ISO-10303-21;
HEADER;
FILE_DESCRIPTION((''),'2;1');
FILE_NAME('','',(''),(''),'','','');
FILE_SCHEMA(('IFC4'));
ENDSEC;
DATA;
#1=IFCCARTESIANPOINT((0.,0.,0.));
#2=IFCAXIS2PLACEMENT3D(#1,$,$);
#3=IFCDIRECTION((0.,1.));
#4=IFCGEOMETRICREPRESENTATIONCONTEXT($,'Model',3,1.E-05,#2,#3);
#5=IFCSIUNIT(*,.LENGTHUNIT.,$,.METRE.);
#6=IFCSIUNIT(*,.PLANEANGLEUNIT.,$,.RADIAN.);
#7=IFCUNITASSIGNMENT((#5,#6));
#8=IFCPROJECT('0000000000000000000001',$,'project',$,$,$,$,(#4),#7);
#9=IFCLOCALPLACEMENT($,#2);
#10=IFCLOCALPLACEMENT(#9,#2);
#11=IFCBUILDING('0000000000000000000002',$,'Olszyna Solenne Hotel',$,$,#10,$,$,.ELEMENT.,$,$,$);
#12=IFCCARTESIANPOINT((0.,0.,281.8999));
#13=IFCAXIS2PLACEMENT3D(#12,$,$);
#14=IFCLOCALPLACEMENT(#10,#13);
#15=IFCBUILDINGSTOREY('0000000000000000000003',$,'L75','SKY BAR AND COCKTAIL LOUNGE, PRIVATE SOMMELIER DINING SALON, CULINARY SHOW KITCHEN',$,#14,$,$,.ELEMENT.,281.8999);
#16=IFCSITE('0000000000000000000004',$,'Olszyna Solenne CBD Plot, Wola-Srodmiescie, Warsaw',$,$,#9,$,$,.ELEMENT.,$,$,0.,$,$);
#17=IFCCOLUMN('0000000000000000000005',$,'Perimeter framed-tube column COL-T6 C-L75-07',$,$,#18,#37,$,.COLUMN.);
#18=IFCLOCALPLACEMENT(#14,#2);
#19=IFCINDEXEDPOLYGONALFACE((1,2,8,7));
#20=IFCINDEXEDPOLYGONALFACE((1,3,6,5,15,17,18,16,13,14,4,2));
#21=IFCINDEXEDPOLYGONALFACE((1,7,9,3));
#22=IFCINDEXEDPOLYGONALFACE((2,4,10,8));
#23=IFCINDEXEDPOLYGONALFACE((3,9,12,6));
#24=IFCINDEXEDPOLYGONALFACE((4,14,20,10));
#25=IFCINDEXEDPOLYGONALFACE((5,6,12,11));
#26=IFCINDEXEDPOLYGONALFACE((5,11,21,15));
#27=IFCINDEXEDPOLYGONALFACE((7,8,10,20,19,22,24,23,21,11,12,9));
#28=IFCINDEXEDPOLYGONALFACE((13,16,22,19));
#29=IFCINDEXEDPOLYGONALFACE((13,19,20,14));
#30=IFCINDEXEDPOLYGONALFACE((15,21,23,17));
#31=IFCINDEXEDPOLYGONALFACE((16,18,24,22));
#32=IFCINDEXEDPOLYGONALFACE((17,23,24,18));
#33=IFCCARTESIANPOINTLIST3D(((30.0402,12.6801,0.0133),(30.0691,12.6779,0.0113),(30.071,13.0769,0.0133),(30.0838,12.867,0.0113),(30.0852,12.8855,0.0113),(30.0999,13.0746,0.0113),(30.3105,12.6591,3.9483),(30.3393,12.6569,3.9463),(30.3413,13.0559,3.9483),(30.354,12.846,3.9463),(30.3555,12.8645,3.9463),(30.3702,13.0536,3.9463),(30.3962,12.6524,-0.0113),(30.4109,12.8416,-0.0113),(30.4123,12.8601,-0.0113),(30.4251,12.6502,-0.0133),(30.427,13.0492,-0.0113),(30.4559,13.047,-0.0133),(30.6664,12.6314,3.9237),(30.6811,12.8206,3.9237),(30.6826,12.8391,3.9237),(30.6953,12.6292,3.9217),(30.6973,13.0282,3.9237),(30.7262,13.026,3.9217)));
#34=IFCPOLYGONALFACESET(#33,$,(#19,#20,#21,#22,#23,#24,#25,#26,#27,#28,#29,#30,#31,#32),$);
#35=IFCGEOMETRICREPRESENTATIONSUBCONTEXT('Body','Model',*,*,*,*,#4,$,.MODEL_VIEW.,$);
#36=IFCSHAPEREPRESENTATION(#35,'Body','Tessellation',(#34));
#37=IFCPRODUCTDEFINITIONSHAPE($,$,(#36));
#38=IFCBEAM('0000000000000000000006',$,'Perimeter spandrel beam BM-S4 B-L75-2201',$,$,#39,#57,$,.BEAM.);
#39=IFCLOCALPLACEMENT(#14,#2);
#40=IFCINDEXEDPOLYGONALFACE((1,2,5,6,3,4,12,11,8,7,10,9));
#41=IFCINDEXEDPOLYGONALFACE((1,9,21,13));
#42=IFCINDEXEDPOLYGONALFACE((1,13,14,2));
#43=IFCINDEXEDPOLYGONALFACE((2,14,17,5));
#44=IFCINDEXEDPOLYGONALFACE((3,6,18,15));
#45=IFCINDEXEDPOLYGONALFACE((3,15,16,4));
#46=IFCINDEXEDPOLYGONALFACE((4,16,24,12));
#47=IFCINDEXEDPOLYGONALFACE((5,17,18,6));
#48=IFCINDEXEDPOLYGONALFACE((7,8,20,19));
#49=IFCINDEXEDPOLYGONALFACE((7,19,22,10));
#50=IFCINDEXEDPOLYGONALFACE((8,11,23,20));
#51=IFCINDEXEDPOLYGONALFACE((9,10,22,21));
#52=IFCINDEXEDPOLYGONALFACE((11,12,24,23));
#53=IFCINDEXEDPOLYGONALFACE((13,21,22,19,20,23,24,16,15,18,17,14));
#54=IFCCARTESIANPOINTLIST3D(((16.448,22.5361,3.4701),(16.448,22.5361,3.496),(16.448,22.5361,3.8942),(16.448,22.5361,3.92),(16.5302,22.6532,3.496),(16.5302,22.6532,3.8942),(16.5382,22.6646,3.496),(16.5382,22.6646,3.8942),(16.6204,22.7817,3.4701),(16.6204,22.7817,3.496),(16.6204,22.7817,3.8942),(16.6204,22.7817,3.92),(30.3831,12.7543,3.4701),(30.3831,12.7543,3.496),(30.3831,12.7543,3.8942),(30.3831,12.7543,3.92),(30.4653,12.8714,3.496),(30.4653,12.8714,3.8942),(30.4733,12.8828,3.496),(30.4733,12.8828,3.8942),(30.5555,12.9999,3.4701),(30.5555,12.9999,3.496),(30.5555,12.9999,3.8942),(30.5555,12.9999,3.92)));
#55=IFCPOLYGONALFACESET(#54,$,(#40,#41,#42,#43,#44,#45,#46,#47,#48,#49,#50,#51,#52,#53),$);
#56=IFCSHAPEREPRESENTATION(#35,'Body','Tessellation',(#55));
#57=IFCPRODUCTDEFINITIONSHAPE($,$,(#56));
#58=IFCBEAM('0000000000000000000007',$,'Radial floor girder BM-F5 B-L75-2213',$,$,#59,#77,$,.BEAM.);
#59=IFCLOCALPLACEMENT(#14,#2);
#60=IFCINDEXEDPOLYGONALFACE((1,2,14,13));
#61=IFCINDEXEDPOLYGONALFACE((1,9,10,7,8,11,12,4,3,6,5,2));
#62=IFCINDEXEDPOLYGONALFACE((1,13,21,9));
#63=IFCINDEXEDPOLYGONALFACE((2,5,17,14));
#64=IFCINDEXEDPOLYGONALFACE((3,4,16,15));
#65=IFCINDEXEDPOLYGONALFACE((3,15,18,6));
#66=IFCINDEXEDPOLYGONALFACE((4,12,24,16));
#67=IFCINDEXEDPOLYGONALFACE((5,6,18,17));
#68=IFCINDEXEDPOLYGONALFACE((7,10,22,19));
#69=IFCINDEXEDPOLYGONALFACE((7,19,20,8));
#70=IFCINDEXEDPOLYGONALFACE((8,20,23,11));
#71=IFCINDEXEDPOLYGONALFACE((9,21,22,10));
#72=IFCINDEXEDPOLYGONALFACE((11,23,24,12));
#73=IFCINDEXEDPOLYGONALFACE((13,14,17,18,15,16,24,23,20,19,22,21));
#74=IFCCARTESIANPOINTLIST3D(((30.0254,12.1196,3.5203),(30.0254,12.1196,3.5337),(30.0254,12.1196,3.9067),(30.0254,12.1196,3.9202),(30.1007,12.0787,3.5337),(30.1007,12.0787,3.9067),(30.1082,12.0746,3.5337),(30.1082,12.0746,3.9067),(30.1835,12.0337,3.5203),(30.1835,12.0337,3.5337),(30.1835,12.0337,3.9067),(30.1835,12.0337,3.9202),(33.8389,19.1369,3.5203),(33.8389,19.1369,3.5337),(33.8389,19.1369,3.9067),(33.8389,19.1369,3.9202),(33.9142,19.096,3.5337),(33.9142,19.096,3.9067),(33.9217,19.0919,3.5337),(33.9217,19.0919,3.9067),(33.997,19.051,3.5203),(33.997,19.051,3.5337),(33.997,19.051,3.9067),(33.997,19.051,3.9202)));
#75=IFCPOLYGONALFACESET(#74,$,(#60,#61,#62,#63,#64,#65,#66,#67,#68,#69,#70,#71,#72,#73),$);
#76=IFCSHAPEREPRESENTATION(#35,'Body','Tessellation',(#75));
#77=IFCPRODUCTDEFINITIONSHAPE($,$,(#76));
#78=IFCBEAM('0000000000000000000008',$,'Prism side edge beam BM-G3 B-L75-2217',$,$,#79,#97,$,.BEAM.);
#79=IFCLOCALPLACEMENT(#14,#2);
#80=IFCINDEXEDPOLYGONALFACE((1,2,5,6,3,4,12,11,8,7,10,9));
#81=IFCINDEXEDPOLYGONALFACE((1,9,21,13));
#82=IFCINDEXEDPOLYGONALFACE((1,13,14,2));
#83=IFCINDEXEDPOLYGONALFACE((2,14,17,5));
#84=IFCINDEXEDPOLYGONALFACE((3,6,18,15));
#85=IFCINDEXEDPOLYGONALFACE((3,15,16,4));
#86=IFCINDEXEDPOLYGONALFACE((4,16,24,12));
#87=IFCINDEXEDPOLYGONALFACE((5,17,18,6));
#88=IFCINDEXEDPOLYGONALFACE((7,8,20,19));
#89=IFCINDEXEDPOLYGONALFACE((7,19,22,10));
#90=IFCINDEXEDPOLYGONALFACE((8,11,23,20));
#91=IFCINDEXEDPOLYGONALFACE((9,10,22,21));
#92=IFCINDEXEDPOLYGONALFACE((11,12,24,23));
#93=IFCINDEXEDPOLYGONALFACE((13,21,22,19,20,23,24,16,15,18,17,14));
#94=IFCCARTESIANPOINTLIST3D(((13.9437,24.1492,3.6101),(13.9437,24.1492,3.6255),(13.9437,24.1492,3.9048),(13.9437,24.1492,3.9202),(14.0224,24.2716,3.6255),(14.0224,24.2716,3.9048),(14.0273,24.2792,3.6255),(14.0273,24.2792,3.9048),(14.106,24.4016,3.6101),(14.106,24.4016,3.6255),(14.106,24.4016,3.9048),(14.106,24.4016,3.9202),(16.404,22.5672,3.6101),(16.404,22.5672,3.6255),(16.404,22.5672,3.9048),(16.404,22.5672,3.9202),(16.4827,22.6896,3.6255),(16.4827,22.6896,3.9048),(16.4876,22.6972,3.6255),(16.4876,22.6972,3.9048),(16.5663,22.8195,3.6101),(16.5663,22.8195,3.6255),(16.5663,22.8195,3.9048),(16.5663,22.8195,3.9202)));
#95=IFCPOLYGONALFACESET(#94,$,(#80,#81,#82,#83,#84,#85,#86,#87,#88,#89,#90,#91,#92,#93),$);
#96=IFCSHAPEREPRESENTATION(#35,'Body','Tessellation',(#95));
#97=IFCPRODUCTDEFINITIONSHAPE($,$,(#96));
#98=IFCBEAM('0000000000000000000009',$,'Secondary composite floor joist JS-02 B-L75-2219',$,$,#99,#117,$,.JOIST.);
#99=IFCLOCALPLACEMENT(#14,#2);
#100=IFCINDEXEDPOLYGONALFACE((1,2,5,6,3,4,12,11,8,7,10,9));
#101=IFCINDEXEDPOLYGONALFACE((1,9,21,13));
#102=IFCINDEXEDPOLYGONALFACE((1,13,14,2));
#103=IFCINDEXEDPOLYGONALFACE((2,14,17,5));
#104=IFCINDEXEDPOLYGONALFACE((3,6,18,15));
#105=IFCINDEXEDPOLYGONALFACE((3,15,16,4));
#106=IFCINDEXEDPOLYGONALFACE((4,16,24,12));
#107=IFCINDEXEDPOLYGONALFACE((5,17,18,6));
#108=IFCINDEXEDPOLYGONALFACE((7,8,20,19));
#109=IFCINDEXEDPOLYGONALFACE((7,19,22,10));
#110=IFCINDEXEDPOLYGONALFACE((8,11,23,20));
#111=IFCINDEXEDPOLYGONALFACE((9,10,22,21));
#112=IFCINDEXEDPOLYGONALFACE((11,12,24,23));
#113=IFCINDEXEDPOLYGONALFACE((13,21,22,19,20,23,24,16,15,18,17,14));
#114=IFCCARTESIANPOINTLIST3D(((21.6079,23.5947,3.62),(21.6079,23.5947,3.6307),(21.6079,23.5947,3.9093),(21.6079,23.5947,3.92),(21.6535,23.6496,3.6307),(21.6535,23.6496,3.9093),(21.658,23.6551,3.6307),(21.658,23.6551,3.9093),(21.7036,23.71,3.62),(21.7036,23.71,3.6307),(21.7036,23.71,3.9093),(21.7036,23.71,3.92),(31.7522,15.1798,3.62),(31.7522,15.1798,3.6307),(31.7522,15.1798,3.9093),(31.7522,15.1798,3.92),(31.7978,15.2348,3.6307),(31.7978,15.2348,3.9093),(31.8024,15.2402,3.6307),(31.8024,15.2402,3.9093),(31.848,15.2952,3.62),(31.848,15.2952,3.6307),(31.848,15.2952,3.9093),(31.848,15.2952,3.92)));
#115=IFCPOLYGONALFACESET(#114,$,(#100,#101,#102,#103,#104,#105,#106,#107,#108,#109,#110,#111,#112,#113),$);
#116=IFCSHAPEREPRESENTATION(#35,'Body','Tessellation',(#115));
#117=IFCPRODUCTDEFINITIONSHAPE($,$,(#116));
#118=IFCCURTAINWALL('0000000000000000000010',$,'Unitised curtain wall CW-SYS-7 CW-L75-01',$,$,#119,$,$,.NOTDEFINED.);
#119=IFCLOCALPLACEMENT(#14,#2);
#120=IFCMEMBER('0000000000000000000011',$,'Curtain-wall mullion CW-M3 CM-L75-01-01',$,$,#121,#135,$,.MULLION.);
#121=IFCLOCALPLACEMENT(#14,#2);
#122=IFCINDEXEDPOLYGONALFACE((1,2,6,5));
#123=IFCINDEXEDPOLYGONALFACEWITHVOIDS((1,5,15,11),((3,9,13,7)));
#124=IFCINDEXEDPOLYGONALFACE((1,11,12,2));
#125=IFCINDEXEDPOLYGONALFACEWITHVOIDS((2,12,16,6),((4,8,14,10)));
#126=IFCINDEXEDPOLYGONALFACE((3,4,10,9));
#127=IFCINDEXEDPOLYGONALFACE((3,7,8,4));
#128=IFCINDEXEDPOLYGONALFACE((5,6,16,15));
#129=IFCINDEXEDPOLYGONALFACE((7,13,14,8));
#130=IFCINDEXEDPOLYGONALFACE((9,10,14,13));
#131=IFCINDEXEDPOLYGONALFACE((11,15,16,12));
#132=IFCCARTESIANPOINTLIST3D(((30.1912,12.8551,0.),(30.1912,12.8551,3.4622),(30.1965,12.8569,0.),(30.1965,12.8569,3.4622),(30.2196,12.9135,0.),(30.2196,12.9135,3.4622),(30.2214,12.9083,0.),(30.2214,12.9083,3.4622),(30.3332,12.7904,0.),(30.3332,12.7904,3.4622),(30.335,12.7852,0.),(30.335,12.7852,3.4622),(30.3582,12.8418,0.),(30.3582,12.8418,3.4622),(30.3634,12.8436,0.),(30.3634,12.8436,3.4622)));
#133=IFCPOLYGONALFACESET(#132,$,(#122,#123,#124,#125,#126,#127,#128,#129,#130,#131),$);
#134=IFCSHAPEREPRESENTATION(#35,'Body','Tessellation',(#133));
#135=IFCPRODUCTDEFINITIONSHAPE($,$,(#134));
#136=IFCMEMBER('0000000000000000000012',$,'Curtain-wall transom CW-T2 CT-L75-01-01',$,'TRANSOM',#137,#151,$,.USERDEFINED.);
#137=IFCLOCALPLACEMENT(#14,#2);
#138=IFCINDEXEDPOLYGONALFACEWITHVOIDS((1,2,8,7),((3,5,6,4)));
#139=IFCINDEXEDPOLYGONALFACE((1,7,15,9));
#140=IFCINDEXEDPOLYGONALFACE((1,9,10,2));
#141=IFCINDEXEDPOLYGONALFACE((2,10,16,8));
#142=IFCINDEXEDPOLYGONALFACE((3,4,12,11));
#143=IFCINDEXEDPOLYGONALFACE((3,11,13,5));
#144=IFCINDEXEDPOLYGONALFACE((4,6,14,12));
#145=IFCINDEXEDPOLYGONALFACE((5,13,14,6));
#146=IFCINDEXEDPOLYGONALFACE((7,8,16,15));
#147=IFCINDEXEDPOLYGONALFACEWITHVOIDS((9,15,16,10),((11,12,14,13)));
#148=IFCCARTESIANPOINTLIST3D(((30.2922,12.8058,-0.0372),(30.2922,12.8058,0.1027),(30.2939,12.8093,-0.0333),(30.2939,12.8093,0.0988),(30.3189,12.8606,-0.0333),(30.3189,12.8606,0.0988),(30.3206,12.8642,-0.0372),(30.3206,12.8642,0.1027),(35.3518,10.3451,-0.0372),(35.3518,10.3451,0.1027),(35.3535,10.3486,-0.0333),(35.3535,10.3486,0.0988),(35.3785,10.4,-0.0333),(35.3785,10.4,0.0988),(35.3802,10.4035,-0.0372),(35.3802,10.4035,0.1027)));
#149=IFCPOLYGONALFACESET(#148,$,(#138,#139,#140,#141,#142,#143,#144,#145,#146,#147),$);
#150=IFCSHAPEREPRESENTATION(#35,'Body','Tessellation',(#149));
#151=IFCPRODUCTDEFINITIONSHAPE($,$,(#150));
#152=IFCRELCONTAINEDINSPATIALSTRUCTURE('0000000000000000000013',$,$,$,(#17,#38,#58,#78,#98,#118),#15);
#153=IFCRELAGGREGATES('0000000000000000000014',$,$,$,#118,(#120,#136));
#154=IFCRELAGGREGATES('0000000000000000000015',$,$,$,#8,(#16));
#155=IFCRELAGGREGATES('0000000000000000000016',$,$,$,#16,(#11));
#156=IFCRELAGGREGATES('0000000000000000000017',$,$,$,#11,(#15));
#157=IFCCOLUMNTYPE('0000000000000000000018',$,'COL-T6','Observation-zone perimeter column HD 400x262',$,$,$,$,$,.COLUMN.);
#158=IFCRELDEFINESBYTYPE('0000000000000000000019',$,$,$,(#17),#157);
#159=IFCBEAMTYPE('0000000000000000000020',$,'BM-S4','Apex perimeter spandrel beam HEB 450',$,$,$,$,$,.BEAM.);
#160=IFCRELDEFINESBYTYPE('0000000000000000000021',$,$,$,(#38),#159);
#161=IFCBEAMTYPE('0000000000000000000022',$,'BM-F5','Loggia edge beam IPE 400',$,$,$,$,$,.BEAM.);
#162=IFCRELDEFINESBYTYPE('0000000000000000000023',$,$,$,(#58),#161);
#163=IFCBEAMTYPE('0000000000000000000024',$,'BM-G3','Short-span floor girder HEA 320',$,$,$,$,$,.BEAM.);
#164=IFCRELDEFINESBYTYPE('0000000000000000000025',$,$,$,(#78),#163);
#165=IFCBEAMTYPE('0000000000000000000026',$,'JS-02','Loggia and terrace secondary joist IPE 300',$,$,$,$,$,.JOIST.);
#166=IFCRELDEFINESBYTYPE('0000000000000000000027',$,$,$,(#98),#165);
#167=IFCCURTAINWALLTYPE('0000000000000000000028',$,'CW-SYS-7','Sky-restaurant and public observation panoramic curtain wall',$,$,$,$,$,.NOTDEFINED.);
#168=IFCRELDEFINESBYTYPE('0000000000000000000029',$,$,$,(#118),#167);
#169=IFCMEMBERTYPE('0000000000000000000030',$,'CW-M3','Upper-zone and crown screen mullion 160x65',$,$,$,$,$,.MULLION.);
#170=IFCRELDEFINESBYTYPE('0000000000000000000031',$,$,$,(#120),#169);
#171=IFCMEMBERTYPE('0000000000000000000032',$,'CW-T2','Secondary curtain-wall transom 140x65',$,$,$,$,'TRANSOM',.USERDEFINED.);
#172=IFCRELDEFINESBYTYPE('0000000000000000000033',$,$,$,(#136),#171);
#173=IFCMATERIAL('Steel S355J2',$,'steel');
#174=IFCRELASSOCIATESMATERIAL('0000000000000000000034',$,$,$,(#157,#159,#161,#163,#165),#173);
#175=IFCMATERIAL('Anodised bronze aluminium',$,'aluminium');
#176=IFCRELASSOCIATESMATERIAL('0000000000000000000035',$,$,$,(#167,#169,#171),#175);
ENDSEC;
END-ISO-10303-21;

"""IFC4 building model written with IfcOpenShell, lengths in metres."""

from ifc_helpers import new_model, si_unit, direction, frame, origin, origin_2d, place, context, subcontext, project, spatial, hollow_rectangle, i_section, extrude, source, transform, mapped, material, material_profile, profile_set, type_object, element, aggregate, save


model = new_model("IFC4")

# Units and contexts
model_context = context("Model", 3, precision=1e-05, world=origin(), true_north=direction((0.0, 1.0)))
body_context = subcontext(model_context, "Body", "Model", "MODEL_VIEW")
ifc_project = project(units=[si_unit("LENGTHUNIT", "METRE"), si_unit("PLANEANGLEUNIT", "RADIAN")], contexts=[model_context])

# Site, building, storey
site_placement = place(None, origin())
site = spatial("IfcSite", under=ifc_project, at=site_placement, Name="Olszyna Solenne CBD Plot, Wola-Srodmiescie, Warsaw", CompositionType="ELEMENT", RefElevation=0.0)
building_placement = place(site_placement, origin())
building = spatial("IfcBuilding", under=site, at=building_placement, Name="Olszyna Solenne Hotel", CompositionType="ELEMENT")
storey_placement = place(building_placement, frame((0.0, 0.0, 281.8999)))
storey = spatial("IfcBuildingStorey", under=building, at=storey_placement, Name="L75", Description="SKY BAR AND COCKTAIL LOUNGE, PRIVATE SOMMELIER DINING SALON, CULINARY SHOW KITCHEN", CompositionType="ELEMENT", Elevation=281.8999)

# Column
ifc_material_1 = material(Name="Steel S355J2", Category="steel")
ifc_material_profile_1 = material_profile(ifc_material_1, i_section(OverallWidth=0.3979, OverallDepth=0.387, WebThickness=0.0186, FlangeThickness=0.0291, at=origin_2d()), Name="HD 400x262", Category="load-bearing")
ifc_profile_set_1 = profile_set([ifc_material_profile_1], Name="Steel S355J2")
column_type = type_object("IfcColumnType", Name="COL-T6", Description="Observation-zone perimeter column HD 400x262", PredefinedType="COLUMN", material=ifc_profile_set_1)
shared_shape_1 = source(origin(), body_context, "Body", "SweptSolid", [
    extrude(i_section(OverallWidth=0.3979, OverallDepth=0.387, WebThickness=0.0186, FlangeThickness=0.0291, at=origin_2d()), origin(), (0.0, 0.0, 1.0), 3.9443),
])
column_placement = place(storey_placement, frame((30.248, 12.8635, 0.0), z_axis=(0.068519, -0.005323, 0.997636), x_axis=(0.077454, 0.996996, 0.0)))
element("IfcColumn", 1, at=column_placement, inside=storey, type_object=column_type, Name="Perimeter framed-tube column COL-T6 C-L75-07", PredefinedType="COLUMN", context=body_context, shape_type="MappedRepresentation", body=[
    mapped(shared_shape_1, transform((0.0, 0.0, 0.0), x_axis=(1.0, 0.0, 0.0), y_axis=(0.0, 1.0, 0.0), z_axis=(0.0, 0.0, 1.0), scale=1.0)),
])

# Beams
ifc_material_profile_2 = material_profile(ifc_material_1, i_section(OverallWidth=0.3, OverallDepth=0.45, WebThickness=0.0139, FlangeThickness=0.0259, at=origin_2d()), Name="HEB 450", Category="load-bearing")
ifc_profile_set_2 = profile_set([ifc_material_profile_2], Name="Steel S355J2")
beam_type_1 = type_object("IfcBeamType", Name="BM-S4", Description="Apex perimeter spandrel beam HEB 450", PredefinedType="BEAM", material=ifc_profile_set_2)
shared_shape_2 = source(origin(), body_context, "Body", "SweptSolid", [
    extrude(i_section(OverallWidth=0.3, OverallDepth=0.45, WebThickness=0.0139, FlangeThickness=0.0259, at=origin_2d()), origin(), (0.0, 0.0, 1.0), 17.0256),
])
beam_1_placement = place(storey_placement, frame((16.5342, 22.6589, 3.6951), z_axis=(0.818481, -0.574534, 0.0), x_axis=(0.574534, 0.818481, 0.0)))
element("IfcBeam", 2, at=beam_1_placement, inside=storey, type_object=beam_type_1, Name="Perimeter spandrel beam BM-S4 B-L75-2201", PredefinedType="BEAM", context=body_context, shape_type="MappedRepresentation", body=[
    mapped(shared_shape_2, transform((0.0, 0.0, 0.0), x_axis=(1.0, 0.0, 0.0), y_axis=(0.0, 1.0, 0.0), z_axis=(0.0, 0.0, 1.0), scale=1.0)),
])
ifc_material_profile_3 = material_profile(ifc_material_1, i_section(OverallWidth=0.1799, OverallDepth=0.3999, WebThickness=0.0085, FlangeThickness=0.0134, at=origin_2d()), Name="IPE 400", Category="load-bearing")
ifc_profile_set_3 = profile_set([ifc_material_profile_3], Name="Steel S355J2")
beam_type_2 = type_object("IfcBeamType", Name="BM-F5", Description="Loggia edge beam IPE 400", PredefinedType="BEAM", material=ifc_profile_set_3)
shared_shape_3 = source(origin(), body_context, "Body", "SweptSolid", [
    extrude(i_section(OverallWidth=0.1799, OverallDepth=0.3999, WebThickness=0.0085, FlangeThickness=0.0134, at=origin_2d()), origin(), (0.0, 0.0, 1.0), 7.9866),
])
beam_2_placement = place(storey_placement, frame((30.1045, 12.0767, 3.7202), z_axis=(0.477485, 0.87864, 0.0), x_axis=(-0.87864, 0.477485, 0.0)))
element("IfcBeam", 3, at=beam_2_placement, inside=storey, type_object=beam_type_2, Name="Radial floor girder BM-F5 B-L75-2213", PredefinedType="BEAM", context=body_context, shape_type="MappedRepresentation", body=[
    mapped(shared_shape_3, transform((0.0, 0.0, 0.0), x_axis=(1.0, 0.0, 0.0), y_axis=(0.0, 1.0, 0.0), z_axis=(0.0, 0.0, 1.0), scale=1.0)),
])
ifc_material_profile_4 = material_profile(ifc_material_1, i_section(OverallWidth=0.3, OverallDepth=0.3101, WebThickness=0.009, FlangeThickness=0.0154, at=origin_2d()), Name="HEA 320", Category="load-bearing")
ifc_profile_set_4 = profile_set([ifc_material_profile_4], Name="Steel S355J2")
beam_type_3 = type_object("IfcBeamType", Name="BM-G3", Description="Short-span floor girder HEA 320", PredefinedType="BEAM", material=ifc_profile_set_4)
shared_shape_4 = source(origin(), body_context, "Body", "SweptSolid", [
    extrude(i_section(OverallWidth=0.3, OverallDepth=0.3101, WebThickness=0.009, FlangeThickness=0.0154, at=origin_2d()), origin(), (0.0, 0.0, 1.0), 2.925),
])
beam_3_placement = place(storey_placement, frame((16.4851, 22.6934, 3.7651), z_axis=(-0.841105, 0.540871, 0.0), x_axis=(-0.540871, -0.841105, 0.0)))
element("IfcBeam", 4, at=beam_3_placement, inside=storey, type_object=beam_type_3, Name="Prism side edge beam BM-G3 B-L75-2217", PredefinedType="BEAM", context=body_context, shape_type="MappedRepresentation", body=[
    mapped(shared_shape_4, transform((0.0, 0.0, 0.0), x_axis=(1.0, 0.0, 0.0), y_axis=(0.0, 1.0, 0.0), z_axis=(0.0, 0.0, 1.0), scale=1.0)),
])
ifc_material_profile_5 = material_profile(ifc_material_1, i_section(OverallWidth=0.1499, OverallDepth=0.3, WebThickness=0.0071, FlangeThickness=0.0107, at=origin_2d()), Name="IPE 300", Category="load-bearing")
ifc_profile_set_5 = profile_set([ifc_material_profile_5], Name="Steel S355J2")
beam_type_4 = type_object("IfcBeamType", Name="JS-02", Description="Loggia and terrace secondary joist IPE 300", PredefinedType="JOIST", material=ifc_profile_set_5)
shared_shape_5 = source(origin(), body_context, "Body", "SweptSolid", [
    extrude(i_section(OverallWidth=0.1499, OverallDepth=0.3, WebThickness=0.0071, FlangeThickness=0.0107, at=origin_2d()), origin(), (0.0, 0.0, 1.0), 13.1802),
])
beam_4_placement = place(storey_placement, frame((21.6558, 23.6523, 3.77), z_axis=(0.769666, -0.638446, 0.0), x_axis=(0.638446, 0.769666, 0.0)))
element("IfcBeam", 5, at=beam_4_placement, inside=storey, type_object=beam_type_4, Name="Secondary composite floor joist JS-02 B-L75-2219", PredefinedType="JOIST", context=body_context, shape_type="MappedRepresentation", body=[
    mapped(shared_shape_5, transform((0.0, 0.0, 0.0), x_axis=(1.0, 0.0, 0.0), y_axis=(0.0, 1.0, 0.0), z_axis=(0.0, 0.0, 1.0), scale=1.0)),
])

# Curtain wall, members
ifc_material_2 = material(Name="Anodised bronze aluminium", Category="aluminium")
curtain_wall_type = type_object("IfcCurtainWallType", Name="CW-SYS-7", Description="Sky-restaurant and public observation panoramic curtain wall", PredefinedType="NOTDEFINED", material=ifc_material_2)
curtain_wall_placement = place(storey_placement, origin())
curtain_wall = element("IfcCurtainWall", 6, at=curtain_wall_placement, inside=storey, type_object=curtain_wall_type, Name="Unitised curtain wall CW-SYS-7 CW-L75-01", PredefinedType="NOTDEFINED")
ifc_material_profile_6 = material_profile(ifc_material_2, hollow_rectangle(XDim=0.0649, YDim=0.1599, WallThickness=0.0039, at=origin_2d()), Name="MULL 160x65x4", Category="load-bearing")
ifc_profile_set_6 = profile_set([ifc_material_profile_6], Name="Anodised bronze aluminium")
member_type_1 = type_object("IfcMemberType", Name="CW-M3", Description="Upper-zone and crown screen mullion 160x65", PredefinedType="MULLION", material=ifc_profile_set_6)
shared_shape_6 = source(origin(), body_context, "Body", "SweptSolid", [
    extrude(hollow_rectangle(XDim=0.0649, YDim=0.1599, WallThickness=0.0039, at=origin_2d()), origin(), (0.0, 0.0, 1.0), 3.4622),
])
member_1_placement = place(storey_placement, frame((30.2773, 12.8494, 0.0), z_axis=(0.0, 0.0, 1.0), x_axis=(0.437387, 0.899273, 0.0)))
member_1 = element("IfcMember", 7, at=member_1_placement, type_object=member_type_1, Name="Curtain-wall mullion CW-M3 CM-L75-01-01", PredefinedType="MULLION", context=body_context, shape_type="MappedRepresentation", body=[
    mapped(shared_shape_6, transform((0.0, 0.0, 0.0), x_axis=(1.0, 0.0, 0.0), y_axis=(0.0, 1.0, 0.0), z_axis=(0.0, 0.0, 1.0), scale=1.0)),
])
ifc_material_profile_7 = material_profile(ifc_material_2, hollow_rectangle(XDim=0.0649, YDim=0.1399, WallThickness=0.0039, at=origin_2d()), Name="TRAN 140x65x4", Category="load-bearing")
ifc_profile_set_7 = profile_set([ifc_material_profile_7], Name="Anodised bronze aluminium")
member_type_2 = type_object("IfcMemberType", Name="CW-T2", Description="Secondary curtain-wall transom 140x65", ElementType="TRANSOM", PredefinedType="USERDEFINED", material=ifc_profile_set_7)
shared_shape_7 = source(origin(), body_context, "Body", "SweptSolid", [
    extrude(hollow_rectangle(XDim=0.0649, YDim=0.1399, WallThickness=0.0039, at=origin_2d()), origin(), (0.0, 0.0, 1.0), 5.6262),
])
member_2_placement = place(storey_placement, frame((30.3064, 12.835, 0.0327), z_axis=(0.899285, -0.437362, 0.0), x_axis=(0.437362, 0.899285, 0.0)))
member_2 = element("IfcMember", 8, at=member_2_placement, type_object=member_type_2, Name="Curtain-wall transom CW-T2 CT-L75-01-01", ObjectType="TRANSOM", PredefinedType="USERDEFINED", context=body_context, shape_type="MappedRepresentation", body=[
    mapped(shared_shape_7, transform((0.0, 0.0, 0.0), x_axis=(1.0, 0.0, 0.0), y_axis=(0.0, 1.0, 0.0), z_axis=(0.0, 0.0, 1.0), scale=1.0)),
])
aggregate(curtain_wall, [member_1, member_2])

save(model, "model.ifc")
